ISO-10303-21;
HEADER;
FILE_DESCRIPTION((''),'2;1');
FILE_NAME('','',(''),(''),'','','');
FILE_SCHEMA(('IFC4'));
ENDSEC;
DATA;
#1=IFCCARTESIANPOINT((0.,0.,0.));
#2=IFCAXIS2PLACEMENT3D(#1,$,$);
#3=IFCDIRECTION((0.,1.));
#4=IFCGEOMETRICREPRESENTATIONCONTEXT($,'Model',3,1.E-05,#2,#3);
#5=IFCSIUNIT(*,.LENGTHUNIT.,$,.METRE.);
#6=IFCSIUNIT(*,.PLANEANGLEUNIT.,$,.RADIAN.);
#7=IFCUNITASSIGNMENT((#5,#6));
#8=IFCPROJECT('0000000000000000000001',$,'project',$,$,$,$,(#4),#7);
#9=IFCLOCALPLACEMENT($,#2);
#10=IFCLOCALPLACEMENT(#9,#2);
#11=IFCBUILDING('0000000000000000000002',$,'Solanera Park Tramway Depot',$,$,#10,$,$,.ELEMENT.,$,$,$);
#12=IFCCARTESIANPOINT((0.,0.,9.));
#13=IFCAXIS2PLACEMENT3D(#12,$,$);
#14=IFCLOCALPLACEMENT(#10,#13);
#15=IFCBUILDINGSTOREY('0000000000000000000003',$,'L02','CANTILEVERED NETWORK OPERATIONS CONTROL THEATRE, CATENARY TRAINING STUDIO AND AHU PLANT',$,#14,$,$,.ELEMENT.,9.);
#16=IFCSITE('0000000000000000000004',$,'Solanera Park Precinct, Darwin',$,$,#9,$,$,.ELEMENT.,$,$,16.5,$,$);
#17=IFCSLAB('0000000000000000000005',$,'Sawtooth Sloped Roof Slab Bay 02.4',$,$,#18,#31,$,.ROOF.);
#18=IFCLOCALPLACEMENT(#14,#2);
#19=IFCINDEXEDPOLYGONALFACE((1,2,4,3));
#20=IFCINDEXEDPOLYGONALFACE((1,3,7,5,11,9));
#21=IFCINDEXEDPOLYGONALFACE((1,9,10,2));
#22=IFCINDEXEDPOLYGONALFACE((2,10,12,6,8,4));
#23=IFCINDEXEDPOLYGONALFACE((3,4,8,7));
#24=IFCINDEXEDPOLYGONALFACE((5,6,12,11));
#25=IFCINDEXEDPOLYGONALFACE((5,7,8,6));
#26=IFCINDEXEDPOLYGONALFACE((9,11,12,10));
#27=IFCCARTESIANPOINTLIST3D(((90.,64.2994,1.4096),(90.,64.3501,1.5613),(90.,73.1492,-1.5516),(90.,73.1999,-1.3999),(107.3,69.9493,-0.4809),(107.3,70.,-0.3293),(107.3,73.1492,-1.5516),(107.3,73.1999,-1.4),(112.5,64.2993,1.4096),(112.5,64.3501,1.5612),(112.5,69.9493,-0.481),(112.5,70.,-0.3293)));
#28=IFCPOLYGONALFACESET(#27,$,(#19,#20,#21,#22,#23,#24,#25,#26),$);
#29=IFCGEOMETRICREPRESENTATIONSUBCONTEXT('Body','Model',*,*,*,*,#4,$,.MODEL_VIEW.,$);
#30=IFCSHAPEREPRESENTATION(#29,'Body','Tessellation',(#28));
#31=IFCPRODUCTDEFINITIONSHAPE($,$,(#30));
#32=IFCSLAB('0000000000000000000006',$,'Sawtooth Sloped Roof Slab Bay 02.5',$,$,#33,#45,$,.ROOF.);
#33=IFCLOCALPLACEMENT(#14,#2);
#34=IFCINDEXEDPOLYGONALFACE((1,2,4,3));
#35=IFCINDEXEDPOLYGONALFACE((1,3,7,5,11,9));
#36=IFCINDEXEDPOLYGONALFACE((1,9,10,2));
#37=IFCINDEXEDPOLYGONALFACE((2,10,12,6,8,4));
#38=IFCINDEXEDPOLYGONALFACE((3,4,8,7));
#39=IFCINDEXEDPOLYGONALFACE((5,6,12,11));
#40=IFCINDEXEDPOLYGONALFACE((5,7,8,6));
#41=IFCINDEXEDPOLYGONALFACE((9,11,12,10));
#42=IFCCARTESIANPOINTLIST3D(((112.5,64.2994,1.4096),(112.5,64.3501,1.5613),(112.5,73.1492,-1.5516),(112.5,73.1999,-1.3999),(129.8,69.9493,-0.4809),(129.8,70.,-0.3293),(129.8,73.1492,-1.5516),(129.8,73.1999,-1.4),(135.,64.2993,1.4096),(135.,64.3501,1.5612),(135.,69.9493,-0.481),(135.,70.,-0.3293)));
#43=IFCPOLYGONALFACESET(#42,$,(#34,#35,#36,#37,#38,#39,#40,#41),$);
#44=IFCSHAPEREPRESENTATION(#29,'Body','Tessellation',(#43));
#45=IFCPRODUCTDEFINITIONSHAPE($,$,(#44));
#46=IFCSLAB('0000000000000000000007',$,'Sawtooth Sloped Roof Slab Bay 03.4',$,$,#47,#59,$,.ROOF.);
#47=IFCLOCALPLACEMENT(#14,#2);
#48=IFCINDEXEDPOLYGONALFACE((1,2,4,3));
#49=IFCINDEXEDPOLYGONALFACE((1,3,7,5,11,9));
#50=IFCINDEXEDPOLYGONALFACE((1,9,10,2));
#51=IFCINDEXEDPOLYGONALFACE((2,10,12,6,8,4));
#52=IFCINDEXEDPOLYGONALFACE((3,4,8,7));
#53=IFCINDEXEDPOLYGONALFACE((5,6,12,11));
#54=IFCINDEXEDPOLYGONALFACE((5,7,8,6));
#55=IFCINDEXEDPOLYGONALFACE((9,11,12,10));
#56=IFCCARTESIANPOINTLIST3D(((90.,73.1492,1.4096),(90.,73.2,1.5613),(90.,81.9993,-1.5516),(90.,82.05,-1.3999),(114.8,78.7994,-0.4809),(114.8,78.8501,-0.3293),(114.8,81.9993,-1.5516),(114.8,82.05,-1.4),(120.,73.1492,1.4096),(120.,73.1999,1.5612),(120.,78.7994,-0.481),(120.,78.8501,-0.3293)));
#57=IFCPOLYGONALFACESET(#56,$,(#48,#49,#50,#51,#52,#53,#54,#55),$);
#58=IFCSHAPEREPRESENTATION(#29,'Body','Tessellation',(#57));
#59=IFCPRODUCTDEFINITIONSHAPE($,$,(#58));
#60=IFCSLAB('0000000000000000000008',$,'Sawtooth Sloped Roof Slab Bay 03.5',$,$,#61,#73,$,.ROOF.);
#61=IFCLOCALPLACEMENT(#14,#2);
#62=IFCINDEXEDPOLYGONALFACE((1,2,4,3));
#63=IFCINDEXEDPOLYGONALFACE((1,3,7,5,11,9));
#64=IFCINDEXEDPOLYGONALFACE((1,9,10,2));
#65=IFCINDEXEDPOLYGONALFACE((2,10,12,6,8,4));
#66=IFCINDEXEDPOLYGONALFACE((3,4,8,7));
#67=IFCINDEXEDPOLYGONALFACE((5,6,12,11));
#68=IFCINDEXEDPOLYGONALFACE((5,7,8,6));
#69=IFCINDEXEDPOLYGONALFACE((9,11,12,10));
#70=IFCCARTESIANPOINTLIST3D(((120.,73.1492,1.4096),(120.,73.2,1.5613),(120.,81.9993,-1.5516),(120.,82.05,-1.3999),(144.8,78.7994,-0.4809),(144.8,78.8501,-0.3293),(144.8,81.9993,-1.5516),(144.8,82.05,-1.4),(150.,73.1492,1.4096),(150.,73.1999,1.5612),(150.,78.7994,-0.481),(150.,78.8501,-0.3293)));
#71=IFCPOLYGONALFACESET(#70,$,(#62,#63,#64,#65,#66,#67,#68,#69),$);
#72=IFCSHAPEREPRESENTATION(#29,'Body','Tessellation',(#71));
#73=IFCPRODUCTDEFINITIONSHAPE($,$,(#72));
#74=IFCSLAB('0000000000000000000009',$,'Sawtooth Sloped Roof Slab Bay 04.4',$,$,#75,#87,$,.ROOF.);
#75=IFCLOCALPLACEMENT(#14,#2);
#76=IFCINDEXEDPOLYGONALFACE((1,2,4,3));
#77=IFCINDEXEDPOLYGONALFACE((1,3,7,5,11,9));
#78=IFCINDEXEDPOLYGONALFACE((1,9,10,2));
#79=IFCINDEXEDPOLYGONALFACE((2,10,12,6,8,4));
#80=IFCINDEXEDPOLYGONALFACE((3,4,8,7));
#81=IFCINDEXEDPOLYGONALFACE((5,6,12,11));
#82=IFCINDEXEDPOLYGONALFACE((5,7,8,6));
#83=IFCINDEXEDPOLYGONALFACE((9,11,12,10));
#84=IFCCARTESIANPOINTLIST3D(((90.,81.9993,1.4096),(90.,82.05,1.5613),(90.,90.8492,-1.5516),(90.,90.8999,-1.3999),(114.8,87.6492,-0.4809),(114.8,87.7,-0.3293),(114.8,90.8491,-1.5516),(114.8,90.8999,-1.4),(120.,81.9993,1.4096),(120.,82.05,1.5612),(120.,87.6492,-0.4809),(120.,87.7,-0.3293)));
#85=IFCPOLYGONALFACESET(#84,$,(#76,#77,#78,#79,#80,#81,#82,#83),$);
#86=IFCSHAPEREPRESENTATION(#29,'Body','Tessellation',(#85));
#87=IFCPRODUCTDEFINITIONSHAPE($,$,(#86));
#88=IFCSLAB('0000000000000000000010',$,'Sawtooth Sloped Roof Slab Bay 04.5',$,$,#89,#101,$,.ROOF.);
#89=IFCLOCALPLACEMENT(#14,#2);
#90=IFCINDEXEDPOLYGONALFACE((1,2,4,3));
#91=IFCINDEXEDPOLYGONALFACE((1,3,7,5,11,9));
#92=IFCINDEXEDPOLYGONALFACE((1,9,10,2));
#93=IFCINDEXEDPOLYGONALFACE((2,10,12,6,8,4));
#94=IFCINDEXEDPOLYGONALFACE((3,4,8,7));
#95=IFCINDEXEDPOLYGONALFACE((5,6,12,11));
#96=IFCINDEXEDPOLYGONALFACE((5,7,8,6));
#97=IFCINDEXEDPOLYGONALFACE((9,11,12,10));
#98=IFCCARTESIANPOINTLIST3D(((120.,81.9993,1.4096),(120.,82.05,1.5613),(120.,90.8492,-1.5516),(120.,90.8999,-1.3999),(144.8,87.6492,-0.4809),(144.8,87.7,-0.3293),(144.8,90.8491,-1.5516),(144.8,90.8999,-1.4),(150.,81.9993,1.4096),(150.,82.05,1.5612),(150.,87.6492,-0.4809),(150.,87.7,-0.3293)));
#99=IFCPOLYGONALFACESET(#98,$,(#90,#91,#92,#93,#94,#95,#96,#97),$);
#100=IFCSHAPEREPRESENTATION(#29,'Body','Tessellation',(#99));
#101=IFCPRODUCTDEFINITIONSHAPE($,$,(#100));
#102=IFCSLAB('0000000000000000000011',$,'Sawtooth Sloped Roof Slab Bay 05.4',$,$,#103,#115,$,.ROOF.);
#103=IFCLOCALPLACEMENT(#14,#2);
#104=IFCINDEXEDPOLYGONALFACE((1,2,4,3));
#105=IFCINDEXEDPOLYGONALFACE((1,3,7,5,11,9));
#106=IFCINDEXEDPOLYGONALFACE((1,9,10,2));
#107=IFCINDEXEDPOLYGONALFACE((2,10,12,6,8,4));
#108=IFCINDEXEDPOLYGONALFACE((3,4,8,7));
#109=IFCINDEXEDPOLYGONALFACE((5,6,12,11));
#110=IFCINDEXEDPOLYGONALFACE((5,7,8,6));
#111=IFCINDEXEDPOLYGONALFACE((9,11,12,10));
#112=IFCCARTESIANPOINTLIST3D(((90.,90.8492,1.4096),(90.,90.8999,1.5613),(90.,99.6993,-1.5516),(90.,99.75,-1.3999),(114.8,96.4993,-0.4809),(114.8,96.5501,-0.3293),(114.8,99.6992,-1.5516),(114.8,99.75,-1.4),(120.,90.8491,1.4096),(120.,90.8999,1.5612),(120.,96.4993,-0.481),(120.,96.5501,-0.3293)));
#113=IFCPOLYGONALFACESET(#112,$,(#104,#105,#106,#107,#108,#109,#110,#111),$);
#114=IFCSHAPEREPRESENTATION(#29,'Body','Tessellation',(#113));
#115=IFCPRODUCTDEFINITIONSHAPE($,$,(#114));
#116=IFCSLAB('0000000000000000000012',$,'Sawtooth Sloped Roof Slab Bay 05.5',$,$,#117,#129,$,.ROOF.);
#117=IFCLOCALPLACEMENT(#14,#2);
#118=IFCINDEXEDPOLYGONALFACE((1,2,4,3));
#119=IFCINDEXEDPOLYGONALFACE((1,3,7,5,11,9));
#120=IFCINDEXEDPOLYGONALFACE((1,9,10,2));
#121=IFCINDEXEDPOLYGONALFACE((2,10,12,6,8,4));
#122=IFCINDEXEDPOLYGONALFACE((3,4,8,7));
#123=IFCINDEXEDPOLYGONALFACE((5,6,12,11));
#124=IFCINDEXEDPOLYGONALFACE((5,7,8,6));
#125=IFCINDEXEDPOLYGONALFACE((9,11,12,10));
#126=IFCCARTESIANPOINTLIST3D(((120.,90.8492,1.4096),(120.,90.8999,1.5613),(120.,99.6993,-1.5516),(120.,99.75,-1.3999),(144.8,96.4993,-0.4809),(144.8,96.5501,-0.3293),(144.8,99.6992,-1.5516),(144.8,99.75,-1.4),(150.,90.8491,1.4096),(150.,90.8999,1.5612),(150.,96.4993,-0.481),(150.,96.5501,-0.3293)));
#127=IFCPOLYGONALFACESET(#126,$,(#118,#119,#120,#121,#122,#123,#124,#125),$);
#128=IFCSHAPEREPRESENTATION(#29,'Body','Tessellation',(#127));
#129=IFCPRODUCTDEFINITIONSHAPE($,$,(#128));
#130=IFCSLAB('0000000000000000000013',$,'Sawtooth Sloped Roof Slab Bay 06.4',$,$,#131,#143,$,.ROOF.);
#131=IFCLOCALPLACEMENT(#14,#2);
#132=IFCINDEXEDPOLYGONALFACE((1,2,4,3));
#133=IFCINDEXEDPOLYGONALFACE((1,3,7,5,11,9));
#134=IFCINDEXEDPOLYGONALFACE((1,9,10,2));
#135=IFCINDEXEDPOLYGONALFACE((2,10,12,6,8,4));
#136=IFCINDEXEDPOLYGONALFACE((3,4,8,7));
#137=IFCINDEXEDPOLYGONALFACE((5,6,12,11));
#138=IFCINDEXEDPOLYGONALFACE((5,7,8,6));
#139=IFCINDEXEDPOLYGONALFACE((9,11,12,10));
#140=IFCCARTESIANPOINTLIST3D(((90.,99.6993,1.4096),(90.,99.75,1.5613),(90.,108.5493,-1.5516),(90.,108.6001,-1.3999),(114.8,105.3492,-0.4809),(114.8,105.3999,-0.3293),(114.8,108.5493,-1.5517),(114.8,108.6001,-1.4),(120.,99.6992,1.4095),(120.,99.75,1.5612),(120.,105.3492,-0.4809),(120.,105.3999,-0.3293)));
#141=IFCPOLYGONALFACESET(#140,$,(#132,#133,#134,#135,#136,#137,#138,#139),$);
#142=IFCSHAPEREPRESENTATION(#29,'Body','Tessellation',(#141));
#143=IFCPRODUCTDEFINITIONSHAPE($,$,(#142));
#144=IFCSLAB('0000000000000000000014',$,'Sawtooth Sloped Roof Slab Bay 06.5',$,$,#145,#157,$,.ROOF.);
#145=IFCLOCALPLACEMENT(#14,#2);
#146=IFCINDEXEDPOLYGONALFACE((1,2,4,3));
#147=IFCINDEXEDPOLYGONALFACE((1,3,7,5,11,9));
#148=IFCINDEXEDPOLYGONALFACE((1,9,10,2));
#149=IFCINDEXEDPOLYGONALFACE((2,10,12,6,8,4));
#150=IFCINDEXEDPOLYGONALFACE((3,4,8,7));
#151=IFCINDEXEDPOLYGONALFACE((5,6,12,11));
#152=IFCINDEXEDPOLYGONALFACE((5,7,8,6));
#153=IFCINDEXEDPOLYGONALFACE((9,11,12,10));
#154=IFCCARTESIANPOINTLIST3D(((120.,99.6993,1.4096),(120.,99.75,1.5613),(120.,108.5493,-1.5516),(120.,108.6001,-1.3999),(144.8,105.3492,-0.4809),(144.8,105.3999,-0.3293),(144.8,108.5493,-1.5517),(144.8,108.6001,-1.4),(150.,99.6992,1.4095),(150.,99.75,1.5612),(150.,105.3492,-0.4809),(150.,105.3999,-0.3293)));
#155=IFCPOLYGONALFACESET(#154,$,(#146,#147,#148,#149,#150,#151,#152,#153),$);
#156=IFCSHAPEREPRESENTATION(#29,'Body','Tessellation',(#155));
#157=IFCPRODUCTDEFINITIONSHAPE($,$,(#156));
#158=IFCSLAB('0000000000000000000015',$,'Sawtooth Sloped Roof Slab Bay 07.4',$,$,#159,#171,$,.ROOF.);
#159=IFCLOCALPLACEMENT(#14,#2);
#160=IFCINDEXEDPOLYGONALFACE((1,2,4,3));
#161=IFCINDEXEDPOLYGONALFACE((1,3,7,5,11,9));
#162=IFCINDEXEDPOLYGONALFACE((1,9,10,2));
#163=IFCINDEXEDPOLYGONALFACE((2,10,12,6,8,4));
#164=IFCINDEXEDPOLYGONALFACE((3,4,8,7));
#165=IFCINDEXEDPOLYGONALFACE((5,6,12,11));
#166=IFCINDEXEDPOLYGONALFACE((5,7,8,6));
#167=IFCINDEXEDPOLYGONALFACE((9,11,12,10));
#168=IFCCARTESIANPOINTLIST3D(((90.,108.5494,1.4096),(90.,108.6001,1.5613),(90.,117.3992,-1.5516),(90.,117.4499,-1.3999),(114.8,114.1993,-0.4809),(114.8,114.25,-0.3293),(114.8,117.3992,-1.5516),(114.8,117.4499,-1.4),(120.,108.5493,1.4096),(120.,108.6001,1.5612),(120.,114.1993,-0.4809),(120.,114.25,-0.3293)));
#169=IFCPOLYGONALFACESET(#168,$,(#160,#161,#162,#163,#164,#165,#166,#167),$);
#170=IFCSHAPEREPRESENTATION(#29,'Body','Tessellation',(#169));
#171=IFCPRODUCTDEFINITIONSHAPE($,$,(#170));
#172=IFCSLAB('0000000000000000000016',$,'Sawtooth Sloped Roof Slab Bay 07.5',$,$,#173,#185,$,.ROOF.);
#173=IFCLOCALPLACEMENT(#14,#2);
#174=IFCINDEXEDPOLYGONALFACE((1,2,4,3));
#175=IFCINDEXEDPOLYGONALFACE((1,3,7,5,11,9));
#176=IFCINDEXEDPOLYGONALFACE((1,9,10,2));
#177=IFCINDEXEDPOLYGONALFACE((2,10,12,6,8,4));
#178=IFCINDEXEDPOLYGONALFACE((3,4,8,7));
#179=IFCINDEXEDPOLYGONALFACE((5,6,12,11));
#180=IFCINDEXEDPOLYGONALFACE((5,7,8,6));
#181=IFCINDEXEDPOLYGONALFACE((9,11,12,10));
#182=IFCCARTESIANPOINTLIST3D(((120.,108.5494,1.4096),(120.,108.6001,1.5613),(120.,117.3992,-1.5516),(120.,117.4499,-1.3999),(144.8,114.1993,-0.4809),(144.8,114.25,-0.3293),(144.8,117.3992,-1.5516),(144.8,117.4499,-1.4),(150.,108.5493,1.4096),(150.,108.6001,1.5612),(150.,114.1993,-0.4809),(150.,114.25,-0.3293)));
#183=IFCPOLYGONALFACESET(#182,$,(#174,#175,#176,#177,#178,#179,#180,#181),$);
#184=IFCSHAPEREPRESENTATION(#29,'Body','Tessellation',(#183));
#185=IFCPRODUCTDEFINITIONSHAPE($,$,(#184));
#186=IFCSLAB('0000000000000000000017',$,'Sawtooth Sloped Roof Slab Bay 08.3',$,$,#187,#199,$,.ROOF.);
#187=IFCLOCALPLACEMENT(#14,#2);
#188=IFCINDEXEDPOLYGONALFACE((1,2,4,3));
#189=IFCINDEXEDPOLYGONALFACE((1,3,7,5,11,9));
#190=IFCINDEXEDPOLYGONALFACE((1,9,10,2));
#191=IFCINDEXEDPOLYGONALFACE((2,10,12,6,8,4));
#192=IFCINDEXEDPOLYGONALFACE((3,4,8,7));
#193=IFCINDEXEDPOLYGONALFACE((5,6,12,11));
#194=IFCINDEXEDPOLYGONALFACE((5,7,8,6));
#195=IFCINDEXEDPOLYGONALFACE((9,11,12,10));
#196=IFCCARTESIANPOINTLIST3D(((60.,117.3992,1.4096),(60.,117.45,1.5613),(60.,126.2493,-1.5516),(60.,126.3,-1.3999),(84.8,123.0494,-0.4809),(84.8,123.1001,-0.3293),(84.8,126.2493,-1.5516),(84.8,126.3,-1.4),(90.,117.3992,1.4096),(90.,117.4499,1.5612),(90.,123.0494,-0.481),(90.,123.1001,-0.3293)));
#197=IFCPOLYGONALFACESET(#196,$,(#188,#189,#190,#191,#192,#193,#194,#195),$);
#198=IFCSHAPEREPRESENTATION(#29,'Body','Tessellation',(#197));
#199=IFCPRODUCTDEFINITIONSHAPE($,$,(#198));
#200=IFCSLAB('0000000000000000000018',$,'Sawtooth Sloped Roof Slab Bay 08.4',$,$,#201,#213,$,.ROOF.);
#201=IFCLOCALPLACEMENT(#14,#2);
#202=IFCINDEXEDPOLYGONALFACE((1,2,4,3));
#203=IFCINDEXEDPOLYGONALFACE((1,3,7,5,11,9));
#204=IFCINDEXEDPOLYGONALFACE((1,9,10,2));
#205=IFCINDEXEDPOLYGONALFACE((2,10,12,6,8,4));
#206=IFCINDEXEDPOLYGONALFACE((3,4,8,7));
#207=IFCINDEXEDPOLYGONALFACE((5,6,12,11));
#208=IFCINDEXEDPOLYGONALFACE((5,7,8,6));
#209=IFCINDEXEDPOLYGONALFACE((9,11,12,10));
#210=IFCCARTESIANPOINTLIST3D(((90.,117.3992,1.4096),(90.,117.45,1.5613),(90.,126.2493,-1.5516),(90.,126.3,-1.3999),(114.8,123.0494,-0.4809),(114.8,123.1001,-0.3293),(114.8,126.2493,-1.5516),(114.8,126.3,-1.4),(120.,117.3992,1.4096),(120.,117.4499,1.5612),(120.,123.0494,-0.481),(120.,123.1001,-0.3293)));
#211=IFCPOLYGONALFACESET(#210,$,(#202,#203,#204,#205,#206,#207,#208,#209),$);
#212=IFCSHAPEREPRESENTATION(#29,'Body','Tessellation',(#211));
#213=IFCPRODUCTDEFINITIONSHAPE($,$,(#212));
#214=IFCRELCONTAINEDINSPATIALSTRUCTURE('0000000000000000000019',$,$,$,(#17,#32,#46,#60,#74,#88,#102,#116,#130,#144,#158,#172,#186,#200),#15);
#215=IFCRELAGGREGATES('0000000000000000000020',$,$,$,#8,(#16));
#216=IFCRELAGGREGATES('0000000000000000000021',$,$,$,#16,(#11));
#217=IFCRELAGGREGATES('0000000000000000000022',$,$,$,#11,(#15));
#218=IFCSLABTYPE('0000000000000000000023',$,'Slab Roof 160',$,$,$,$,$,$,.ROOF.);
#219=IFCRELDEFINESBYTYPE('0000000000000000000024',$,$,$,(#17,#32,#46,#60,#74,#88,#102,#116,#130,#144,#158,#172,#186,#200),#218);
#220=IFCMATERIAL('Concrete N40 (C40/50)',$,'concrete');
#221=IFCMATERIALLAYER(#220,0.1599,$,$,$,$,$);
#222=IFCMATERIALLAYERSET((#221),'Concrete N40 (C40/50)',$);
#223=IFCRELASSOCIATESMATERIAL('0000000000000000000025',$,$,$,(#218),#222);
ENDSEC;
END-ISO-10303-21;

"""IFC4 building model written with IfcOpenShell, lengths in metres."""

from ifc_helpers import new_model, si_unit, direction, frame, origin, place, context, subcontext, project, spatial, polyline, outline, extrude, material, layer, layer_set, type_object, element, save


model = new_model("IFC4")

# Units and contexts
model_context = context("Model", 3, precision=1e-05, world=origin(), true_north=direction((0.0, 1.0)))
body_context = subcontext(model_context, "Body", "Model", "MODEL_VIEW")
ifc_project = project(units=[si_unit("LENGTHUNIT", "METRE"), si_unit("PLANEANGLEUNIT", "RADIAN")], contexts=[model_context])

# Site, building, storey
site_placement = place(None, origin())
site = spatial("IfcSite", under=ifc_project, at=site_placement, Name="Solanera Park Precinct, Darwin", CompositionType="ELEMENT", RefElevation=16.5)
building_placement = place(site_placement, origin())
building = spatial("IfcBuilding", under=site, at=building_placement, Name="Solanera Park Tramway Depot", CompositionType="ELEMENT")
storey_placement = place(building_placement, frame((0.0, 0.0, 9.0)))
storey = spatial("IfcBuildingStorey", under=building, at=storey_placement, Name="L02", Description="CANTILEVERED NETWORK OPERATIONS CONTROL THEATRE, CATENARY TRAINING STUDIO AND AHU PLANT", CompositionType="ELEMENT", Elevation=9.0)

# Slabs
ifc_material_1 = material(Name="Concrete N40 (C40/50)", Category="concrete")
ifc_layer_1 = layer(ifc_material_1, 0.1599)
ifc_layer_set_1 = layer_set([ifc_layer_1], Name="Concrete N40 (C40/50)")
slab_type = type_object("IfcSlabType", Name="Slab Roof 160", PredefinedType="ROOF", material=ifc_layer_set_1)
for number, where, z_axis, x_axis, name in (
    (1, (90.0, 64.3501, 1.5613), (0.000004, 0.317314, 0.94832), (1.0, -0.000001, -0.000003), "Sawtooth Sloped Roof Slab Bay 02.4"),
    (2, (112.5, 64.3501, 1.5613), (0.000004, 0.317314, 0.94832), (1.0, -0.000001, -0.000003), "Sawtooth Sloped Roof Slab Bay 02.5"),
):
    element("IfcSlab", number, at=place(storey_placement, frame(where, z_axis=z_axis, x_axis=x_axis)), inside=storey, type_object=slab_type, Name=name, PredefinedType="ROOF", context=body_context, shape_type="SweptSolid", body=[
        extrude(outline(polyline([(0.0, 0.0), (22.5, 0.0), (22.5, 5.9578), (17.3, 5.9578), (17.3, 9.3321), (0.0, 9.3321), (0.0, 0.0)])), origin(), (0.0, 0.0, -1.0), 0.1599),
    ])
for number, where, z_axis, x_axis, name in (
    (3, (90.0, 73.2, 1.5613), (0.000002, 0.317305, 0.948324), (1.0, -0.000001, -0.000002), "Sawtooth Sloped Roof Slab Bay 03.4"),
    (4, (120.0, 73.2, 1.5613), (0.000002, 0.317305, 0.948324), (1.0, -0.000001, -0.000002), "Sawtooth Sloped Roof Slab Bay 03.5"),
):
    element("IfcSlab", number, at=place(storey_placement, frame(where, z_axis=z_axis, x_axis=x_axis)), inside=storey, type_object=slab_type, Name=name, PredefinedType="ROOF", context=body_context, shape_type="SweptSolid", body=[
        extrude(outline(polyline([(0.0, 0.0), (30.0, 0.0), (30.0, 5.9581), (24.8, 5.9581), (24.8, 9.3324), (0.0, 9.3324), (0.0, 0.0)])), origin(), (0.0, 0.0, -1.0), 0.1599),
    ])
for number, where, z_axis, x_axis, name in (
    (5, (90.0, 82.05, 1.5613), (0.000003, 0.317313, 0.948321), (1.0, -0.000001, -0.000002), "Sawtooth Sloped Roof Slab Bay 04.4"),
    (6, (120.0, 82.05, 1.5613), (0.000003, 0.317313, 0.948321), (1.0, -0.000001, -0.000002), "Sawtooth Sloped Roof Slab Bay 04.5"),
):
    element("IfcSlab", number, at=place(storey_placement, frame(where, z_axis=z_axis, x_axis=x_axis)), inside=storey, type_object=slab_type, Name=name, PredefinedType="ROOF", context=body_context, shape_type="SweptSolid", body=[
        extrude(outline(polyline([(0.0, 0.0), (30.0, 0.0), (30.0, 5.9578), (24.8, 5.9578), (24.8, 9.3321), (0.0, 9.3321), (0.0, 0.0)])), origin(), (0.0, 0.0, -1.0), 0.1599),
    ])
for number, where, z_axis, x_axis, name in (
    (7, (90.0, 90.8999, 1.5613), (0.000002, 0.317305, 0.948324), (1.0, -0.000001, -0.000002), "Sawtooth Sloped Roof Slab Bay 05.4"),
    (8, (120.0, 90.8999, 1.5613), (0.000002, 0.317305, 0.948324), (1.0, -0.000001, -0.000002), "Sawtooth Sloped Roof Slab Bay 05.5"),
):
    element("IfcSlab", number, at=place(storey_placement, frame(where, z_axis=z_axis, x_axis=x_axis)), inside=storey, type_object=slab_type, Name=name, PredefinedType="ROOF", context=body_context, shape_type="SweptSolid", body=[
        extrude(outline(polyline([(0.0, 0.0), (30.0, 0.0), (30.0, 5.9581), (24.8, 5.9581), (24.8, 9.3324), (0.0, 9.3324), (0.0, 0.0)])), origin(), (0.0, 0.0, -1.0), 0.1599),
    ])
for number, where, z_axis, x_axis, name in (
    (9, (90.0, 99.75, 1.5613), (0.000003, 0.317306, 0.948323), (1.0, -0.000001, -0.000003), "Sawtooth Sloped Roof Slab Bay 06.4"),
    (10, (120.0, 99.75, 1.5613), (0.000003, 0.317306, 0.948323), (1.0, -0.000001, -0.000003), "Sawtooth Sloped Roof Slab Bay 06.5"),
):
    element("IfcSlab", number, at=place(storey_placement, frame(where, z_axis=z_axis, x_axis=x_axis)), inside=storey, type_object=slab_type, Name=name, PredefinedType="ROOF", context=body_context, shape_type="SweptSolid", body=[
        extrude(outline(polyline([(0.0, 0.0), (30.0, 0.0), (30.0, 5.9578), (24.8, 5.9578), (24.8, 9.3324), (0.0, 9.3324), (0.0, 0.0)])), origin(), (0.0, 0.0, -1.0), 0.1599),
    ])
for number, where, z_axis, x_axis, name in (
    (11, (90.0, 108.6001, 1.5613), (0.000003, 0.317313, 0.948321), (1.0, -0.000001, -0.000002), "Sawtooth Sloped Roof Slab Bay 07.4"),
    (12, (120.0, 108.6001, 1.5613), (0.000003, 0.317313, 0.948321), (1.0, -0.000001, -0.000002), "Sawtooth Sloped Roof Slab Bay 07.5"),
):
    element("IfcSlab", number, at=place(storey_placement, frame(where, z_axis=z_axis, x_axis=x_axis)), inside=storey, type_object=slab_type, Name=name, PredefinedType="ROOF", context=body_context, shape_type="SweptSolid", body=[
        extrude(outline(polyline([(0.0, 0.0), (30.0, 0.0), (30.0, 5.9578), (24.8, 5.9578), (24.8, 9.3321), (0.0, 9.3321), (0.0, 0.0)])), origin(), (0.0, 0.0, -1.0), 0.1599),
    ])
for number, where, z_axis, x_axis, name in (
    (13, (60.0, 117.45, 1.5613), (0.000002, 0.317305, 0.948324), (1.0, -0.000001, -0.000002), "Sawtooth Sloped Roof Slab Bay 08.3"),
    (14, (90.0, 117.45, 1.5613), (0.000002, 0.317305, 0.948324), (1.0, -0.000001, -0.000002), "Sawtooth Sloped Roof Slab Bay 08.4"),
):
    element("IfcSlab", number, at=place(storey_placement, frame(where, z_axis=z_axis, x_axis=x_axis)), inside=storey, type_object=slab_type, Name=name, PredefinedType="ROOF", context=body_context, shape_type="SweptSolid", body=[
        extrude(outline(polyline([(0.0, 0.0), (30.0, 0.0), (30.0, 5.9581), (24.8, 5.9581), (24.8, 9.3324), (0.0, 9.3324), (0.0, 0.0)])), origin(), (0.0, 0.0, -1.0), 0.1599),
    ])

save(model, "model.ifc")
